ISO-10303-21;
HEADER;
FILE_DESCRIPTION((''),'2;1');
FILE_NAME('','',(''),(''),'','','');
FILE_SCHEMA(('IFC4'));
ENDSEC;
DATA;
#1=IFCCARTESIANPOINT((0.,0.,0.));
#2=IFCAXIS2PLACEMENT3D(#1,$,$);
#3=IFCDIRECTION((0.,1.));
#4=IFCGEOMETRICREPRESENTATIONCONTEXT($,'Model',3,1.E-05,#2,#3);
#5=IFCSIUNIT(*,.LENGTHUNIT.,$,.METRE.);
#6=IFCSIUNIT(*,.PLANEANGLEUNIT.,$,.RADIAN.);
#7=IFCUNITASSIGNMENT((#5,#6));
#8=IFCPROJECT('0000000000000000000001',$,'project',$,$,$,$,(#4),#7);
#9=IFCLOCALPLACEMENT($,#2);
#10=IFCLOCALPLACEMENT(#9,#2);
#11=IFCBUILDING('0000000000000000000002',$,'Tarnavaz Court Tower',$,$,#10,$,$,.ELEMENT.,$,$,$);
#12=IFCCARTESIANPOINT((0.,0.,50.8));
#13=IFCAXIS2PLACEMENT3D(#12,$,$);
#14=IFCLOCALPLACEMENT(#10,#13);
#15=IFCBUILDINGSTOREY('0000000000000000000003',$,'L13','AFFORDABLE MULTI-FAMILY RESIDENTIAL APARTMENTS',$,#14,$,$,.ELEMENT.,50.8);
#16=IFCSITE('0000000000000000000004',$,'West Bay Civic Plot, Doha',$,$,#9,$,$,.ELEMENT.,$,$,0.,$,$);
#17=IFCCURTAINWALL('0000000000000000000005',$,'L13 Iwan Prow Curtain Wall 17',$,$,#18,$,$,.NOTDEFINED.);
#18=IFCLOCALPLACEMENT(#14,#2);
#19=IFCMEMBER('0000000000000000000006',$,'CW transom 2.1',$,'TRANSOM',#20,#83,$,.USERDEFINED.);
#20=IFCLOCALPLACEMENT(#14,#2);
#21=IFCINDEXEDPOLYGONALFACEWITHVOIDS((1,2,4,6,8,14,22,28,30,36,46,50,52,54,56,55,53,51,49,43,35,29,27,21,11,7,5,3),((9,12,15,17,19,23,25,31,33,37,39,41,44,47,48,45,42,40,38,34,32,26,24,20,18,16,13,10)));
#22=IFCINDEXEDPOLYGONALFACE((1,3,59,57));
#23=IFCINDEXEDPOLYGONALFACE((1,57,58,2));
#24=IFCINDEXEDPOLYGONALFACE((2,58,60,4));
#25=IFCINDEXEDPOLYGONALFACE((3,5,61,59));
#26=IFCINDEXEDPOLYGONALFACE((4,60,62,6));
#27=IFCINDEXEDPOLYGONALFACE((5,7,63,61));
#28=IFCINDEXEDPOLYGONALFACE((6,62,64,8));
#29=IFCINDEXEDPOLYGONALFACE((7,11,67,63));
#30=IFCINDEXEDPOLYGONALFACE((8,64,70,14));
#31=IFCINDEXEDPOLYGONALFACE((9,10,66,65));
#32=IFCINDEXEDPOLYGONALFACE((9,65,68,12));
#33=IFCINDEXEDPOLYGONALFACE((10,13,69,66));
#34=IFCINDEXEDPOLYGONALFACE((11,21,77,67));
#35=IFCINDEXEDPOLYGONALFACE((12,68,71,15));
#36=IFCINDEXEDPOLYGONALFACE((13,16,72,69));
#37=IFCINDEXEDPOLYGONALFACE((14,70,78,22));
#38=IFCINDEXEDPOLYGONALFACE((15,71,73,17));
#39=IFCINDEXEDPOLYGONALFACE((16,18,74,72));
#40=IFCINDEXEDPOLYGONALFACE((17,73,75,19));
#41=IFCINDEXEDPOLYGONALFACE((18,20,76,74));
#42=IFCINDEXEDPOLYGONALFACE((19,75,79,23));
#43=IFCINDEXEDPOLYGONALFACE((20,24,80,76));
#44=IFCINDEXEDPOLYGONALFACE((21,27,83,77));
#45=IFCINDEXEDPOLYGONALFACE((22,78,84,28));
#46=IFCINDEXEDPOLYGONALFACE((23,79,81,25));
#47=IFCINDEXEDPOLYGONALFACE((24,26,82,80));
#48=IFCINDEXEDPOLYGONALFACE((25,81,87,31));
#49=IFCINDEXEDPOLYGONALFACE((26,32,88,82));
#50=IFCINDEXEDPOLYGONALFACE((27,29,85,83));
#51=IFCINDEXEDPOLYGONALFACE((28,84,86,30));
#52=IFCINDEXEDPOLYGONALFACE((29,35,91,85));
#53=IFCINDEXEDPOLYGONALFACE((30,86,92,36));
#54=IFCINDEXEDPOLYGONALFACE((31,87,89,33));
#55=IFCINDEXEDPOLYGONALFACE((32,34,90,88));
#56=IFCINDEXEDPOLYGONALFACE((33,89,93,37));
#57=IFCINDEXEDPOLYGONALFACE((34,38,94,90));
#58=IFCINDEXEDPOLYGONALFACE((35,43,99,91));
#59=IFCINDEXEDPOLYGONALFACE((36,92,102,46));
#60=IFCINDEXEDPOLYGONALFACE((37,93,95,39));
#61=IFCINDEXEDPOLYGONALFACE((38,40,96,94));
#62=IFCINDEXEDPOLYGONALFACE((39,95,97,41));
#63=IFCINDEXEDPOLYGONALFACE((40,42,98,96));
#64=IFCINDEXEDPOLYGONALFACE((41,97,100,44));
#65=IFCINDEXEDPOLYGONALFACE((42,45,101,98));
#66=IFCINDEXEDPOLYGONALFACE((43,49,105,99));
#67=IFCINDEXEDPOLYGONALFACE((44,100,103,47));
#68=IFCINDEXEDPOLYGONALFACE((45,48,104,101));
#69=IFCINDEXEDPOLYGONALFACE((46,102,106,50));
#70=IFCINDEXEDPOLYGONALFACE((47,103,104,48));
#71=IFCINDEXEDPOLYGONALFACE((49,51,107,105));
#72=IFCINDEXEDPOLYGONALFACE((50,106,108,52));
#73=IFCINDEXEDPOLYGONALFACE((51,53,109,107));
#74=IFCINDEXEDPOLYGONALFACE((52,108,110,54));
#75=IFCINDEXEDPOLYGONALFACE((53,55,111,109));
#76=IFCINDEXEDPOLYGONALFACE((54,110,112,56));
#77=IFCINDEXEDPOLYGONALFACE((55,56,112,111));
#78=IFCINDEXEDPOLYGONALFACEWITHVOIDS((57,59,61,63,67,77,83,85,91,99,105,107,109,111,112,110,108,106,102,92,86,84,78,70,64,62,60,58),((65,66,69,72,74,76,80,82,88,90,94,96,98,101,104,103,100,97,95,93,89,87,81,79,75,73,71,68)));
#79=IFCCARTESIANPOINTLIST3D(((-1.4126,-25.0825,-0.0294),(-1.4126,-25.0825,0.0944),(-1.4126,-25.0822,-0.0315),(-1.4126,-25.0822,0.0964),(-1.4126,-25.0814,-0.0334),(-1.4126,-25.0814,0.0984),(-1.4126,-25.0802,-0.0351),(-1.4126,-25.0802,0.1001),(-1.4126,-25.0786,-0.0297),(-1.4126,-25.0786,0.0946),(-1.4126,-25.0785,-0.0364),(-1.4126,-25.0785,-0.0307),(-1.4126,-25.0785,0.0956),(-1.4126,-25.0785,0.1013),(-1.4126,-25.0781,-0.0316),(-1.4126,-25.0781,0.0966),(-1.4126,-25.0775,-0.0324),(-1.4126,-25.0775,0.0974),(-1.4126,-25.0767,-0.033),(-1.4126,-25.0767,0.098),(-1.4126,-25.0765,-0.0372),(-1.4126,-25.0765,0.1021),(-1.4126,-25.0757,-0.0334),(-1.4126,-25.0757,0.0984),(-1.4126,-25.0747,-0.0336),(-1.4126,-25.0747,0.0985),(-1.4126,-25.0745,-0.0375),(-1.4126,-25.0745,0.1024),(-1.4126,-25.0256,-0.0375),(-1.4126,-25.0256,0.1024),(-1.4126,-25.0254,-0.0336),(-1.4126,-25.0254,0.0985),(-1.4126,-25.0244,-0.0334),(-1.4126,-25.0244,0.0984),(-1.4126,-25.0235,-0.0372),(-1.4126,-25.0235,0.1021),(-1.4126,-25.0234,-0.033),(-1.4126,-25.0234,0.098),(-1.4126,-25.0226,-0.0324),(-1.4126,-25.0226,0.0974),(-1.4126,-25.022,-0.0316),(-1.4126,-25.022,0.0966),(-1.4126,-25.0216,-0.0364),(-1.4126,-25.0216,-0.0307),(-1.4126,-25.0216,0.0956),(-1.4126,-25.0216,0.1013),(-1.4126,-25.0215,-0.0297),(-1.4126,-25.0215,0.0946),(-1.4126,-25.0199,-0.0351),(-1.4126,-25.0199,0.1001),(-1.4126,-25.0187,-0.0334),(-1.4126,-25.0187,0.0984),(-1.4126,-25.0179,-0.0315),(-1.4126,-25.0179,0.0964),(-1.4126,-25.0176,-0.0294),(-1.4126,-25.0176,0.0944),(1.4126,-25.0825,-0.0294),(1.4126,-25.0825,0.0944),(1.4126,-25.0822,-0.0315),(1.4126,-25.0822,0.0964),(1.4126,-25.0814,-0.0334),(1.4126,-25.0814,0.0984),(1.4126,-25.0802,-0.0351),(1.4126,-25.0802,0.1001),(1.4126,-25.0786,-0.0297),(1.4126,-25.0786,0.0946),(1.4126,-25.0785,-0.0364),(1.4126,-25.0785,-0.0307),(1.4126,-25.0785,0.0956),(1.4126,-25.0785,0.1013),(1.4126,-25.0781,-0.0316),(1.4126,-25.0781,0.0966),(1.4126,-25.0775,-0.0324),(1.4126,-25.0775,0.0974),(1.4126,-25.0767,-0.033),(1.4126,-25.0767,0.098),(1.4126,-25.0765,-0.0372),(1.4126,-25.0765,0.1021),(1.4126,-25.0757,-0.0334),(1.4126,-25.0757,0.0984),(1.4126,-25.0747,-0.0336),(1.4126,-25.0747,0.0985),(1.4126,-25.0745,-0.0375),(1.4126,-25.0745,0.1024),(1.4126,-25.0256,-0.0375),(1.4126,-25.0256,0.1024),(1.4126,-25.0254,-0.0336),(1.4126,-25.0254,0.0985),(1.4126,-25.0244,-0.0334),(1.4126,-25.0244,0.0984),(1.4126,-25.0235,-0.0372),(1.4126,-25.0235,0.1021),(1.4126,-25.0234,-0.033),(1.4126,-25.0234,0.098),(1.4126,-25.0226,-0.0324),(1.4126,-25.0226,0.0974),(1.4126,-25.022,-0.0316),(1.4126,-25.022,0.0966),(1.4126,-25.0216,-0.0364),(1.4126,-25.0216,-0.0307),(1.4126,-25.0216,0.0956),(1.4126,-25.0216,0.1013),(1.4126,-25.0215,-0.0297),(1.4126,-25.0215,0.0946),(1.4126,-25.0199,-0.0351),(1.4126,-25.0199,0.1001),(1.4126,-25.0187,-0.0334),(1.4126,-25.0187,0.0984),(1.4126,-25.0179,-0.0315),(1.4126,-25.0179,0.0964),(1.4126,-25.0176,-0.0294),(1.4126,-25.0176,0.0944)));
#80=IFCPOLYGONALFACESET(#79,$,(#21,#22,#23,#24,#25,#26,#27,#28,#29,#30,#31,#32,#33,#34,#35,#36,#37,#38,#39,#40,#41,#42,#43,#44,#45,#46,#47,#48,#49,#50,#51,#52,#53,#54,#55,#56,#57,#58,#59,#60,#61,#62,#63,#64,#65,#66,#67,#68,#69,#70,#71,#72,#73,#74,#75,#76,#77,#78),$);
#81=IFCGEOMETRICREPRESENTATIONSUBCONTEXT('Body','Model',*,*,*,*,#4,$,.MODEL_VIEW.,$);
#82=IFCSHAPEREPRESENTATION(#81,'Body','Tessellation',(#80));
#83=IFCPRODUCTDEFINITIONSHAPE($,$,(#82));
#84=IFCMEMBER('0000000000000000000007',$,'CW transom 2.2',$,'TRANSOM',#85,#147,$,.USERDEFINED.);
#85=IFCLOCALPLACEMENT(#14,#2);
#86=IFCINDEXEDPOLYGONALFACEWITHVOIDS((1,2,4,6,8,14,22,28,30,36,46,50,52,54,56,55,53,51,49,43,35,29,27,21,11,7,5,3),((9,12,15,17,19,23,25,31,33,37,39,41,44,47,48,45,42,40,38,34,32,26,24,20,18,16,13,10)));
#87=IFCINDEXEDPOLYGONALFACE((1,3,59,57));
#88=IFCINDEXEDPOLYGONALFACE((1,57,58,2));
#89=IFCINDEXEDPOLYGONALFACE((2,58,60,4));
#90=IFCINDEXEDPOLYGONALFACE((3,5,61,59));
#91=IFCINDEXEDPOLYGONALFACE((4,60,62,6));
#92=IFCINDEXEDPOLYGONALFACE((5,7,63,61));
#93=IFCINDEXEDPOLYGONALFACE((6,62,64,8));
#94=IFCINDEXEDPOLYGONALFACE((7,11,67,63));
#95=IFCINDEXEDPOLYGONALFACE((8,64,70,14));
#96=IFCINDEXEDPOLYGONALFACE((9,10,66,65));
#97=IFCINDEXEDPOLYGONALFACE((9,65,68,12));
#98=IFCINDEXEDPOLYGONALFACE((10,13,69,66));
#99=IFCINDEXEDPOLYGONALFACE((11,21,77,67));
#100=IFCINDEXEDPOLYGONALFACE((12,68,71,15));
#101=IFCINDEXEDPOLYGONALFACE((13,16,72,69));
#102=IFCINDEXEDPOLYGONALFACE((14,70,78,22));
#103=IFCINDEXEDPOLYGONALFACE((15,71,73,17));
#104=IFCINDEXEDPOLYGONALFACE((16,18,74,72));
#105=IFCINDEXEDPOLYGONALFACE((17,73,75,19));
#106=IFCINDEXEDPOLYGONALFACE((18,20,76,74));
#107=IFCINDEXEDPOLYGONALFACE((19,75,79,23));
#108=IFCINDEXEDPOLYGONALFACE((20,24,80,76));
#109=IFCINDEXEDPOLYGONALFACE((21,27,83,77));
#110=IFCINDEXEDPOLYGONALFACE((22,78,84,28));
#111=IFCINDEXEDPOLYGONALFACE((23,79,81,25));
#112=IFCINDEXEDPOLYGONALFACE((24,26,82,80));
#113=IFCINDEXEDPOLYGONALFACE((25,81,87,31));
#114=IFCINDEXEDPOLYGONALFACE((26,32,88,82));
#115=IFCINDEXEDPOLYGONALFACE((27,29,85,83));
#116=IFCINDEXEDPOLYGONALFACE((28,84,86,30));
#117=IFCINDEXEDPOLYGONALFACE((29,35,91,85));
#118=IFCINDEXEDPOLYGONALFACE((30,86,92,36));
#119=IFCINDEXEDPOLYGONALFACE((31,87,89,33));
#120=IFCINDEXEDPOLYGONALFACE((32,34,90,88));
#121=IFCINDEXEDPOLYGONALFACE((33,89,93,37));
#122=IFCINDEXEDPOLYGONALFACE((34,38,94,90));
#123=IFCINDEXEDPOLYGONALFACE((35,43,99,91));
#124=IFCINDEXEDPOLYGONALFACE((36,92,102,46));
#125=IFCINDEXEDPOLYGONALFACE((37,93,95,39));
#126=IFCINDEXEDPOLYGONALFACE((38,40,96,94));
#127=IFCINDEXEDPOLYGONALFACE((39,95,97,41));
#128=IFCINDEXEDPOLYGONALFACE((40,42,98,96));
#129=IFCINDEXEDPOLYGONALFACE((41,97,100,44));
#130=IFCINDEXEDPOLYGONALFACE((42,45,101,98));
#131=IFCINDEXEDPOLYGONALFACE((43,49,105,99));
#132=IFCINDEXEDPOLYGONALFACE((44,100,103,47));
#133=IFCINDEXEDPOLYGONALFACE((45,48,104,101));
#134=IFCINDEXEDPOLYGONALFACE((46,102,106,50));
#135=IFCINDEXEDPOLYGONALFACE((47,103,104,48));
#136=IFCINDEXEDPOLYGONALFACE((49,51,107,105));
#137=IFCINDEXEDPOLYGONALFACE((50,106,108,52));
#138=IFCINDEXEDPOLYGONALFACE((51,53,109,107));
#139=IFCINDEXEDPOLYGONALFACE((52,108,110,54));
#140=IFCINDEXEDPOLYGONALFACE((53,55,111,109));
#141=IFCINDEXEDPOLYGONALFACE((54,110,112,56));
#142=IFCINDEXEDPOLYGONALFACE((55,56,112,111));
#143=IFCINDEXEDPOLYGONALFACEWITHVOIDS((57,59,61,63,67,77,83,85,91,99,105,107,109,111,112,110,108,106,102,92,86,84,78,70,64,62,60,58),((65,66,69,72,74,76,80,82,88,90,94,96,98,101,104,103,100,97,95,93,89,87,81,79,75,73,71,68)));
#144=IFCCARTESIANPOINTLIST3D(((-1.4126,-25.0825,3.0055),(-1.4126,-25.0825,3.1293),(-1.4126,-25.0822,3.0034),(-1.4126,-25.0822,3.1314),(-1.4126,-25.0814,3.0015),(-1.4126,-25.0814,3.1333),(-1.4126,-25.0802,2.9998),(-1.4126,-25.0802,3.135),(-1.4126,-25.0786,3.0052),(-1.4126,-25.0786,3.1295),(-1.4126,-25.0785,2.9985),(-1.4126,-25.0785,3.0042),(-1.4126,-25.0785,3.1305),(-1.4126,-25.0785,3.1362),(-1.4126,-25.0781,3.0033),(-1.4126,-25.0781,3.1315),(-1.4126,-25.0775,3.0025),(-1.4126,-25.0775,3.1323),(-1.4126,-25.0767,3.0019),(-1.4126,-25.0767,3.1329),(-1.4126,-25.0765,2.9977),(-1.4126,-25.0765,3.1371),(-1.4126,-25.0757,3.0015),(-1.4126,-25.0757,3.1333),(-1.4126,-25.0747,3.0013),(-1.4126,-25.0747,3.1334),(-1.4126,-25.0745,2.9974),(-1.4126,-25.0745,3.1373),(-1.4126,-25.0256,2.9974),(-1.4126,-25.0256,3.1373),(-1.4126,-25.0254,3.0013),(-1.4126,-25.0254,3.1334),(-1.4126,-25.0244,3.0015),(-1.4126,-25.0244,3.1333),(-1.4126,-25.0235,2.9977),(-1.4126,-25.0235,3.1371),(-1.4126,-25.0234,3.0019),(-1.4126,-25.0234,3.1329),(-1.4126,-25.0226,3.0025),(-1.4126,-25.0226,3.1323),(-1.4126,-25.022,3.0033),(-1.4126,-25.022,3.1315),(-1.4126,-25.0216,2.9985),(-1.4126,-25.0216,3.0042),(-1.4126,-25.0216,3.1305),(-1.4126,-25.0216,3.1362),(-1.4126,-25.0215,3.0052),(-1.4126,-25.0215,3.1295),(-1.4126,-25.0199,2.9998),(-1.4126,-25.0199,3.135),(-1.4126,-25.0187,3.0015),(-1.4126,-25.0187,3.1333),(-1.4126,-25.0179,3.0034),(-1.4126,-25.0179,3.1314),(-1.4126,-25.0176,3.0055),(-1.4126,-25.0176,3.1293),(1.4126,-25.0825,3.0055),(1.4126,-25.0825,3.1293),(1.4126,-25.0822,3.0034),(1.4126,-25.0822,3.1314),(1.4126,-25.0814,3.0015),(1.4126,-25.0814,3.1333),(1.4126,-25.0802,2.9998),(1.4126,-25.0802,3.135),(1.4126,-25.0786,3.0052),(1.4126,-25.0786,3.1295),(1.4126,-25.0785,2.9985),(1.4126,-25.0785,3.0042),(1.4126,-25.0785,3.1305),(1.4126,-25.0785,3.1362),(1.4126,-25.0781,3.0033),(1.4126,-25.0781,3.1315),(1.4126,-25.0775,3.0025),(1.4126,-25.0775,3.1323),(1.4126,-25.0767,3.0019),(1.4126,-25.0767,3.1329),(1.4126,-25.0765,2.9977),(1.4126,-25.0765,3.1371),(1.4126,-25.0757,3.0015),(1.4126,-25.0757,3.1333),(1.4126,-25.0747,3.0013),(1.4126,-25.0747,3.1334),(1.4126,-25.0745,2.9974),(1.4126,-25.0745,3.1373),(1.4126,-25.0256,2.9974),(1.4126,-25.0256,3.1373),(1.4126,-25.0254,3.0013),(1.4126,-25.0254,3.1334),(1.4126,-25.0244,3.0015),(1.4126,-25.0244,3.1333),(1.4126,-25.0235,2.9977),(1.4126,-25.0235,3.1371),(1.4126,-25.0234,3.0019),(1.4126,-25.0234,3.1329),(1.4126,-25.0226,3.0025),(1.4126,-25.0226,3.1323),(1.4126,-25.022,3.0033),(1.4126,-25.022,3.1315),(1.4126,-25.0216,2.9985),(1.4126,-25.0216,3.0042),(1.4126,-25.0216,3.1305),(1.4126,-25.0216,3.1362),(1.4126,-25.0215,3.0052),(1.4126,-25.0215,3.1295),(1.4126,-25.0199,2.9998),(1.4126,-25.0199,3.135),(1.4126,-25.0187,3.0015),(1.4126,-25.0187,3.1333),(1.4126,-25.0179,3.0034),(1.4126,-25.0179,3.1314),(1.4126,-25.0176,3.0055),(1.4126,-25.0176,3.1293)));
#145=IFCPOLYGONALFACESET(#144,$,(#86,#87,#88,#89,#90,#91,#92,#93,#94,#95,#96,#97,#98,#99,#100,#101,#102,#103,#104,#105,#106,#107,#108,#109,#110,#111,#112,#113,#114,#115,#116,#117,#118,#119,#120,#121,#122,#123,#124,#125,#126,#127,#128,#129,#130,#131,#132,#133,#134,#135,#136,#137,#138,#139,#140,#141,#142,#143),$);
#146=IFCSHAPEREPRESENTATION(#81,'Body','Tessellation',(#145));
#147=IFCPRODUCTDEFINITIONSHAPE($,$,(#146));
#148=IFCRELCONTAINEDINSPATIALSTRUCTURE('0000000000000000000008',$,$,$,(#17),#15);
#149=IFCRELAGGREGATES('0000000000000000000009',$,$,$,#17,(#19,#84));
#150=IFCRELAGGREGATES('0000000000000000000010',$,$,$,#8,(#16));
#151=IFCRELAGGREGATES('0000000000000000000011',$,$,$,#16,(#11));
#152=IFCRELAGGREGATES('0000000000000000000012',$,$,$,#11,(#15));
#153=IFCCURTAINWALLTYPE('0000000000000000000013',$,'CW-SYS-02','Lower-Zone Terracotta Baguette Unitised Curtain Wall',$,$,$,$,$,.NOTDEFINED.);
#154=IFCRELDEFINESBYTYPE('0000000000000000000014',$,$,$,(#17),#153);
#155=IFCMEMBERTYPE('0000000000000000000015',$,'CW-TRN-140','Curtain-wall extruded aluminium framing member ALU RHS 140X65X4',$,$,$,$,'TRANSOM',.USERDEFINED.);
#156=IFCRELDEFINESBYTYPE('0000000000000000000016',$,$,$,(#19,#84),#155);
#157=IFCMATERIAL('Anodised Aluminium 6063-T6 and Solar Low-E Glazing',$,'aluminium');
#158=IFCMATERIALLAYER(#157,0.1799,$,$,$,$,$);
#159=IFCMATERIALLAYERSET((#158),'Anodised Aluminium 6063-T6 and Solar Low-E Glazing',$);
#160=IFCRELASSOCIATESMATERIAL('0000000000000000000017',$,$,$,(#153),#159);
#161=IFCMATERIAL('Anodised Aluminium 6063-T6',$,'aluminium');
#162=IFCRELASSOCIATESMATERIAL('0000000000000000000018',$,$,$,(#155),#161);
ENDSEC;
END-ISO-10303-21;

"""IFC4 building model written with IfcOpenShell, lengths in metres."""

from ifc_helpers import new_model, si_unit, direction, frame, origin, origin_2d, place, context, subcontext, project, spatial, hollow_rectangle, extrude, material, layer, layer_set, material_profile, profile_set, type_object, element, aggregate, save


model = new_model("IFC4")

# Units and contexts
model_context = context("Model", 3, precision=1e-05, world=origin(), true_north=direction((0.0, 1.0)))
body_context = subcontext(model_context, "Body", "Model", "MODEL_VIEW")
ifc_project = project(units=[si_unit("LENGTHUNIT", "METRE"), si_unit("PLANEANGLEUNIT", "RADIAN")], contexts=[model_context])

# Site, building, storey
site_placement = place(None, origin())
site = spatial("IfcSite", under=ifc_project, at=site_placement, Name="West Bay Civic Plot, Doha", CompositionType="ELEMENT", RefElevation=0.0)
building_placement = place(site_placement, origin())
building = spatial("IfcBuilding", under=site, at=building_placement, Name="Tarnavaz Court Tower", CompositionType="ELEMENT")
storey_placement = place(building_placement, frame((0.0, 0.0, 50.8)))
storey = spatial("IfcBuildingStorey", under=building, at=storey_placement, Name="L13", Description="AFFORDABLE MULTI-FAMILY RESIDENTIAL APARTMENTS", CompositionType="ELEMENT", Elevation=50.8)

# Curtain wall, members
ifc_material_1 = material(Name="Anodised Aluminium 6063-T6 and Solar Low-E Glazing", Category="aluminium")
ifc_layer_1 = layer(ifc_material_1, 0.1799)
ifc_layer_set_1 = layer_set([ifc_layer_1], Name="Anodised Aluminium 6063-T6 and Solar Low-E Glazing")
curtain_wall_type = type_object("IfcCurtainWallType", Name="CW-SYS-02", Description="Lower-Zone Terracotta Baguette Unitised Curtain Wall", PredefinedType="NOTDEFINED", material=ifc_layer_set_1)
curtain_wall_placement = place(storey_placement, origin())
curtain_wall = element("IfcCurtainWall", 1, at=curtain_wall_placement, inside=storey, type_object=curtain_wall_type, Name="L13 Iwan Prow Curtain Wall 17", PredefinedType="NOTDEFINED")
ifc_material_2 = material(Name="Anodised Aluminium 6063-T6", Category="aluminium")
ifc_material_profile_1 = material_profile(ifc_material_2, hollow_rectangle(XDim=0.0649, YDim=0.1399, WallThickness=0.0039, InnerFilletRadius=0.0039, OuterFilletRadius=0.0081, at=origin_2d()), Name="ALU RHS 140X65X4")
ifc_profile_set_1 = profile_set([ifc_material_profile_1], Name="Anodised Aluminium 6063-T6")
member_type_1 = type_object("IfcMemberType", Name="CW-TRN-140", Description="Curtain-wall extruded aluminium framing member ALU RHS 140X65X4", ElementType="TRANSOM", PredefinedType="USERDEFINED", material=ifc_profile_set_1)
member_1_placement = place(storey_placement, frame((1.4126, -25.05, 0.0325), z_axis=(-1.0, 0.0, 0.0), x_axis=(0.0, -1.0, 0.0)))
member_1 = element("IfcMember", 2, at=member_1_placement, type_object=member_type_1, Name="CW transom 2.1", ObjectType="TRANSOM", PredefinedType="USERDEFINED", context=body_context, shape_type="SweptSolid", body=[
    extrude(hollow_rectangle(XDim=0.0649, YDim=0.1399, WallThickness=0.0039, InnerFilletRadius=0.0039, OuterFilletRadius=0.0081, at=origin_2d()), origin(), (0.0, 0.0, 1.0), 2.8252),
])
member_2_placement = place(storey_placement, frame((1.4126, -25.05, 3.0674), z_axis=(-1.0, 0.0, 0.0), x_axis=(0.0, -1.0, 0.0)))
member_2 = element("IfcMember", 3, at=member_2_placement, type_object=member_type_1, Name="CW transom 2.2", ObjectType="TRANSOM", PredefinedType="USERDEFINED", context=body_context, shape_type="SweptSolid", body=[
    extrude(hollow_rectangle(XDim=0.0649, YDim=0.1399, WallThickness=0.0039, InnerFilletRadius=0.0039, OuterFilletRadius=0.0081, at=origin_2d()), origin(), (0.0, 0.0, 1.0), 2.8252),
])
aggregate(curtain_wall, [member_1, member_2])

save(model, "model.ifc")
